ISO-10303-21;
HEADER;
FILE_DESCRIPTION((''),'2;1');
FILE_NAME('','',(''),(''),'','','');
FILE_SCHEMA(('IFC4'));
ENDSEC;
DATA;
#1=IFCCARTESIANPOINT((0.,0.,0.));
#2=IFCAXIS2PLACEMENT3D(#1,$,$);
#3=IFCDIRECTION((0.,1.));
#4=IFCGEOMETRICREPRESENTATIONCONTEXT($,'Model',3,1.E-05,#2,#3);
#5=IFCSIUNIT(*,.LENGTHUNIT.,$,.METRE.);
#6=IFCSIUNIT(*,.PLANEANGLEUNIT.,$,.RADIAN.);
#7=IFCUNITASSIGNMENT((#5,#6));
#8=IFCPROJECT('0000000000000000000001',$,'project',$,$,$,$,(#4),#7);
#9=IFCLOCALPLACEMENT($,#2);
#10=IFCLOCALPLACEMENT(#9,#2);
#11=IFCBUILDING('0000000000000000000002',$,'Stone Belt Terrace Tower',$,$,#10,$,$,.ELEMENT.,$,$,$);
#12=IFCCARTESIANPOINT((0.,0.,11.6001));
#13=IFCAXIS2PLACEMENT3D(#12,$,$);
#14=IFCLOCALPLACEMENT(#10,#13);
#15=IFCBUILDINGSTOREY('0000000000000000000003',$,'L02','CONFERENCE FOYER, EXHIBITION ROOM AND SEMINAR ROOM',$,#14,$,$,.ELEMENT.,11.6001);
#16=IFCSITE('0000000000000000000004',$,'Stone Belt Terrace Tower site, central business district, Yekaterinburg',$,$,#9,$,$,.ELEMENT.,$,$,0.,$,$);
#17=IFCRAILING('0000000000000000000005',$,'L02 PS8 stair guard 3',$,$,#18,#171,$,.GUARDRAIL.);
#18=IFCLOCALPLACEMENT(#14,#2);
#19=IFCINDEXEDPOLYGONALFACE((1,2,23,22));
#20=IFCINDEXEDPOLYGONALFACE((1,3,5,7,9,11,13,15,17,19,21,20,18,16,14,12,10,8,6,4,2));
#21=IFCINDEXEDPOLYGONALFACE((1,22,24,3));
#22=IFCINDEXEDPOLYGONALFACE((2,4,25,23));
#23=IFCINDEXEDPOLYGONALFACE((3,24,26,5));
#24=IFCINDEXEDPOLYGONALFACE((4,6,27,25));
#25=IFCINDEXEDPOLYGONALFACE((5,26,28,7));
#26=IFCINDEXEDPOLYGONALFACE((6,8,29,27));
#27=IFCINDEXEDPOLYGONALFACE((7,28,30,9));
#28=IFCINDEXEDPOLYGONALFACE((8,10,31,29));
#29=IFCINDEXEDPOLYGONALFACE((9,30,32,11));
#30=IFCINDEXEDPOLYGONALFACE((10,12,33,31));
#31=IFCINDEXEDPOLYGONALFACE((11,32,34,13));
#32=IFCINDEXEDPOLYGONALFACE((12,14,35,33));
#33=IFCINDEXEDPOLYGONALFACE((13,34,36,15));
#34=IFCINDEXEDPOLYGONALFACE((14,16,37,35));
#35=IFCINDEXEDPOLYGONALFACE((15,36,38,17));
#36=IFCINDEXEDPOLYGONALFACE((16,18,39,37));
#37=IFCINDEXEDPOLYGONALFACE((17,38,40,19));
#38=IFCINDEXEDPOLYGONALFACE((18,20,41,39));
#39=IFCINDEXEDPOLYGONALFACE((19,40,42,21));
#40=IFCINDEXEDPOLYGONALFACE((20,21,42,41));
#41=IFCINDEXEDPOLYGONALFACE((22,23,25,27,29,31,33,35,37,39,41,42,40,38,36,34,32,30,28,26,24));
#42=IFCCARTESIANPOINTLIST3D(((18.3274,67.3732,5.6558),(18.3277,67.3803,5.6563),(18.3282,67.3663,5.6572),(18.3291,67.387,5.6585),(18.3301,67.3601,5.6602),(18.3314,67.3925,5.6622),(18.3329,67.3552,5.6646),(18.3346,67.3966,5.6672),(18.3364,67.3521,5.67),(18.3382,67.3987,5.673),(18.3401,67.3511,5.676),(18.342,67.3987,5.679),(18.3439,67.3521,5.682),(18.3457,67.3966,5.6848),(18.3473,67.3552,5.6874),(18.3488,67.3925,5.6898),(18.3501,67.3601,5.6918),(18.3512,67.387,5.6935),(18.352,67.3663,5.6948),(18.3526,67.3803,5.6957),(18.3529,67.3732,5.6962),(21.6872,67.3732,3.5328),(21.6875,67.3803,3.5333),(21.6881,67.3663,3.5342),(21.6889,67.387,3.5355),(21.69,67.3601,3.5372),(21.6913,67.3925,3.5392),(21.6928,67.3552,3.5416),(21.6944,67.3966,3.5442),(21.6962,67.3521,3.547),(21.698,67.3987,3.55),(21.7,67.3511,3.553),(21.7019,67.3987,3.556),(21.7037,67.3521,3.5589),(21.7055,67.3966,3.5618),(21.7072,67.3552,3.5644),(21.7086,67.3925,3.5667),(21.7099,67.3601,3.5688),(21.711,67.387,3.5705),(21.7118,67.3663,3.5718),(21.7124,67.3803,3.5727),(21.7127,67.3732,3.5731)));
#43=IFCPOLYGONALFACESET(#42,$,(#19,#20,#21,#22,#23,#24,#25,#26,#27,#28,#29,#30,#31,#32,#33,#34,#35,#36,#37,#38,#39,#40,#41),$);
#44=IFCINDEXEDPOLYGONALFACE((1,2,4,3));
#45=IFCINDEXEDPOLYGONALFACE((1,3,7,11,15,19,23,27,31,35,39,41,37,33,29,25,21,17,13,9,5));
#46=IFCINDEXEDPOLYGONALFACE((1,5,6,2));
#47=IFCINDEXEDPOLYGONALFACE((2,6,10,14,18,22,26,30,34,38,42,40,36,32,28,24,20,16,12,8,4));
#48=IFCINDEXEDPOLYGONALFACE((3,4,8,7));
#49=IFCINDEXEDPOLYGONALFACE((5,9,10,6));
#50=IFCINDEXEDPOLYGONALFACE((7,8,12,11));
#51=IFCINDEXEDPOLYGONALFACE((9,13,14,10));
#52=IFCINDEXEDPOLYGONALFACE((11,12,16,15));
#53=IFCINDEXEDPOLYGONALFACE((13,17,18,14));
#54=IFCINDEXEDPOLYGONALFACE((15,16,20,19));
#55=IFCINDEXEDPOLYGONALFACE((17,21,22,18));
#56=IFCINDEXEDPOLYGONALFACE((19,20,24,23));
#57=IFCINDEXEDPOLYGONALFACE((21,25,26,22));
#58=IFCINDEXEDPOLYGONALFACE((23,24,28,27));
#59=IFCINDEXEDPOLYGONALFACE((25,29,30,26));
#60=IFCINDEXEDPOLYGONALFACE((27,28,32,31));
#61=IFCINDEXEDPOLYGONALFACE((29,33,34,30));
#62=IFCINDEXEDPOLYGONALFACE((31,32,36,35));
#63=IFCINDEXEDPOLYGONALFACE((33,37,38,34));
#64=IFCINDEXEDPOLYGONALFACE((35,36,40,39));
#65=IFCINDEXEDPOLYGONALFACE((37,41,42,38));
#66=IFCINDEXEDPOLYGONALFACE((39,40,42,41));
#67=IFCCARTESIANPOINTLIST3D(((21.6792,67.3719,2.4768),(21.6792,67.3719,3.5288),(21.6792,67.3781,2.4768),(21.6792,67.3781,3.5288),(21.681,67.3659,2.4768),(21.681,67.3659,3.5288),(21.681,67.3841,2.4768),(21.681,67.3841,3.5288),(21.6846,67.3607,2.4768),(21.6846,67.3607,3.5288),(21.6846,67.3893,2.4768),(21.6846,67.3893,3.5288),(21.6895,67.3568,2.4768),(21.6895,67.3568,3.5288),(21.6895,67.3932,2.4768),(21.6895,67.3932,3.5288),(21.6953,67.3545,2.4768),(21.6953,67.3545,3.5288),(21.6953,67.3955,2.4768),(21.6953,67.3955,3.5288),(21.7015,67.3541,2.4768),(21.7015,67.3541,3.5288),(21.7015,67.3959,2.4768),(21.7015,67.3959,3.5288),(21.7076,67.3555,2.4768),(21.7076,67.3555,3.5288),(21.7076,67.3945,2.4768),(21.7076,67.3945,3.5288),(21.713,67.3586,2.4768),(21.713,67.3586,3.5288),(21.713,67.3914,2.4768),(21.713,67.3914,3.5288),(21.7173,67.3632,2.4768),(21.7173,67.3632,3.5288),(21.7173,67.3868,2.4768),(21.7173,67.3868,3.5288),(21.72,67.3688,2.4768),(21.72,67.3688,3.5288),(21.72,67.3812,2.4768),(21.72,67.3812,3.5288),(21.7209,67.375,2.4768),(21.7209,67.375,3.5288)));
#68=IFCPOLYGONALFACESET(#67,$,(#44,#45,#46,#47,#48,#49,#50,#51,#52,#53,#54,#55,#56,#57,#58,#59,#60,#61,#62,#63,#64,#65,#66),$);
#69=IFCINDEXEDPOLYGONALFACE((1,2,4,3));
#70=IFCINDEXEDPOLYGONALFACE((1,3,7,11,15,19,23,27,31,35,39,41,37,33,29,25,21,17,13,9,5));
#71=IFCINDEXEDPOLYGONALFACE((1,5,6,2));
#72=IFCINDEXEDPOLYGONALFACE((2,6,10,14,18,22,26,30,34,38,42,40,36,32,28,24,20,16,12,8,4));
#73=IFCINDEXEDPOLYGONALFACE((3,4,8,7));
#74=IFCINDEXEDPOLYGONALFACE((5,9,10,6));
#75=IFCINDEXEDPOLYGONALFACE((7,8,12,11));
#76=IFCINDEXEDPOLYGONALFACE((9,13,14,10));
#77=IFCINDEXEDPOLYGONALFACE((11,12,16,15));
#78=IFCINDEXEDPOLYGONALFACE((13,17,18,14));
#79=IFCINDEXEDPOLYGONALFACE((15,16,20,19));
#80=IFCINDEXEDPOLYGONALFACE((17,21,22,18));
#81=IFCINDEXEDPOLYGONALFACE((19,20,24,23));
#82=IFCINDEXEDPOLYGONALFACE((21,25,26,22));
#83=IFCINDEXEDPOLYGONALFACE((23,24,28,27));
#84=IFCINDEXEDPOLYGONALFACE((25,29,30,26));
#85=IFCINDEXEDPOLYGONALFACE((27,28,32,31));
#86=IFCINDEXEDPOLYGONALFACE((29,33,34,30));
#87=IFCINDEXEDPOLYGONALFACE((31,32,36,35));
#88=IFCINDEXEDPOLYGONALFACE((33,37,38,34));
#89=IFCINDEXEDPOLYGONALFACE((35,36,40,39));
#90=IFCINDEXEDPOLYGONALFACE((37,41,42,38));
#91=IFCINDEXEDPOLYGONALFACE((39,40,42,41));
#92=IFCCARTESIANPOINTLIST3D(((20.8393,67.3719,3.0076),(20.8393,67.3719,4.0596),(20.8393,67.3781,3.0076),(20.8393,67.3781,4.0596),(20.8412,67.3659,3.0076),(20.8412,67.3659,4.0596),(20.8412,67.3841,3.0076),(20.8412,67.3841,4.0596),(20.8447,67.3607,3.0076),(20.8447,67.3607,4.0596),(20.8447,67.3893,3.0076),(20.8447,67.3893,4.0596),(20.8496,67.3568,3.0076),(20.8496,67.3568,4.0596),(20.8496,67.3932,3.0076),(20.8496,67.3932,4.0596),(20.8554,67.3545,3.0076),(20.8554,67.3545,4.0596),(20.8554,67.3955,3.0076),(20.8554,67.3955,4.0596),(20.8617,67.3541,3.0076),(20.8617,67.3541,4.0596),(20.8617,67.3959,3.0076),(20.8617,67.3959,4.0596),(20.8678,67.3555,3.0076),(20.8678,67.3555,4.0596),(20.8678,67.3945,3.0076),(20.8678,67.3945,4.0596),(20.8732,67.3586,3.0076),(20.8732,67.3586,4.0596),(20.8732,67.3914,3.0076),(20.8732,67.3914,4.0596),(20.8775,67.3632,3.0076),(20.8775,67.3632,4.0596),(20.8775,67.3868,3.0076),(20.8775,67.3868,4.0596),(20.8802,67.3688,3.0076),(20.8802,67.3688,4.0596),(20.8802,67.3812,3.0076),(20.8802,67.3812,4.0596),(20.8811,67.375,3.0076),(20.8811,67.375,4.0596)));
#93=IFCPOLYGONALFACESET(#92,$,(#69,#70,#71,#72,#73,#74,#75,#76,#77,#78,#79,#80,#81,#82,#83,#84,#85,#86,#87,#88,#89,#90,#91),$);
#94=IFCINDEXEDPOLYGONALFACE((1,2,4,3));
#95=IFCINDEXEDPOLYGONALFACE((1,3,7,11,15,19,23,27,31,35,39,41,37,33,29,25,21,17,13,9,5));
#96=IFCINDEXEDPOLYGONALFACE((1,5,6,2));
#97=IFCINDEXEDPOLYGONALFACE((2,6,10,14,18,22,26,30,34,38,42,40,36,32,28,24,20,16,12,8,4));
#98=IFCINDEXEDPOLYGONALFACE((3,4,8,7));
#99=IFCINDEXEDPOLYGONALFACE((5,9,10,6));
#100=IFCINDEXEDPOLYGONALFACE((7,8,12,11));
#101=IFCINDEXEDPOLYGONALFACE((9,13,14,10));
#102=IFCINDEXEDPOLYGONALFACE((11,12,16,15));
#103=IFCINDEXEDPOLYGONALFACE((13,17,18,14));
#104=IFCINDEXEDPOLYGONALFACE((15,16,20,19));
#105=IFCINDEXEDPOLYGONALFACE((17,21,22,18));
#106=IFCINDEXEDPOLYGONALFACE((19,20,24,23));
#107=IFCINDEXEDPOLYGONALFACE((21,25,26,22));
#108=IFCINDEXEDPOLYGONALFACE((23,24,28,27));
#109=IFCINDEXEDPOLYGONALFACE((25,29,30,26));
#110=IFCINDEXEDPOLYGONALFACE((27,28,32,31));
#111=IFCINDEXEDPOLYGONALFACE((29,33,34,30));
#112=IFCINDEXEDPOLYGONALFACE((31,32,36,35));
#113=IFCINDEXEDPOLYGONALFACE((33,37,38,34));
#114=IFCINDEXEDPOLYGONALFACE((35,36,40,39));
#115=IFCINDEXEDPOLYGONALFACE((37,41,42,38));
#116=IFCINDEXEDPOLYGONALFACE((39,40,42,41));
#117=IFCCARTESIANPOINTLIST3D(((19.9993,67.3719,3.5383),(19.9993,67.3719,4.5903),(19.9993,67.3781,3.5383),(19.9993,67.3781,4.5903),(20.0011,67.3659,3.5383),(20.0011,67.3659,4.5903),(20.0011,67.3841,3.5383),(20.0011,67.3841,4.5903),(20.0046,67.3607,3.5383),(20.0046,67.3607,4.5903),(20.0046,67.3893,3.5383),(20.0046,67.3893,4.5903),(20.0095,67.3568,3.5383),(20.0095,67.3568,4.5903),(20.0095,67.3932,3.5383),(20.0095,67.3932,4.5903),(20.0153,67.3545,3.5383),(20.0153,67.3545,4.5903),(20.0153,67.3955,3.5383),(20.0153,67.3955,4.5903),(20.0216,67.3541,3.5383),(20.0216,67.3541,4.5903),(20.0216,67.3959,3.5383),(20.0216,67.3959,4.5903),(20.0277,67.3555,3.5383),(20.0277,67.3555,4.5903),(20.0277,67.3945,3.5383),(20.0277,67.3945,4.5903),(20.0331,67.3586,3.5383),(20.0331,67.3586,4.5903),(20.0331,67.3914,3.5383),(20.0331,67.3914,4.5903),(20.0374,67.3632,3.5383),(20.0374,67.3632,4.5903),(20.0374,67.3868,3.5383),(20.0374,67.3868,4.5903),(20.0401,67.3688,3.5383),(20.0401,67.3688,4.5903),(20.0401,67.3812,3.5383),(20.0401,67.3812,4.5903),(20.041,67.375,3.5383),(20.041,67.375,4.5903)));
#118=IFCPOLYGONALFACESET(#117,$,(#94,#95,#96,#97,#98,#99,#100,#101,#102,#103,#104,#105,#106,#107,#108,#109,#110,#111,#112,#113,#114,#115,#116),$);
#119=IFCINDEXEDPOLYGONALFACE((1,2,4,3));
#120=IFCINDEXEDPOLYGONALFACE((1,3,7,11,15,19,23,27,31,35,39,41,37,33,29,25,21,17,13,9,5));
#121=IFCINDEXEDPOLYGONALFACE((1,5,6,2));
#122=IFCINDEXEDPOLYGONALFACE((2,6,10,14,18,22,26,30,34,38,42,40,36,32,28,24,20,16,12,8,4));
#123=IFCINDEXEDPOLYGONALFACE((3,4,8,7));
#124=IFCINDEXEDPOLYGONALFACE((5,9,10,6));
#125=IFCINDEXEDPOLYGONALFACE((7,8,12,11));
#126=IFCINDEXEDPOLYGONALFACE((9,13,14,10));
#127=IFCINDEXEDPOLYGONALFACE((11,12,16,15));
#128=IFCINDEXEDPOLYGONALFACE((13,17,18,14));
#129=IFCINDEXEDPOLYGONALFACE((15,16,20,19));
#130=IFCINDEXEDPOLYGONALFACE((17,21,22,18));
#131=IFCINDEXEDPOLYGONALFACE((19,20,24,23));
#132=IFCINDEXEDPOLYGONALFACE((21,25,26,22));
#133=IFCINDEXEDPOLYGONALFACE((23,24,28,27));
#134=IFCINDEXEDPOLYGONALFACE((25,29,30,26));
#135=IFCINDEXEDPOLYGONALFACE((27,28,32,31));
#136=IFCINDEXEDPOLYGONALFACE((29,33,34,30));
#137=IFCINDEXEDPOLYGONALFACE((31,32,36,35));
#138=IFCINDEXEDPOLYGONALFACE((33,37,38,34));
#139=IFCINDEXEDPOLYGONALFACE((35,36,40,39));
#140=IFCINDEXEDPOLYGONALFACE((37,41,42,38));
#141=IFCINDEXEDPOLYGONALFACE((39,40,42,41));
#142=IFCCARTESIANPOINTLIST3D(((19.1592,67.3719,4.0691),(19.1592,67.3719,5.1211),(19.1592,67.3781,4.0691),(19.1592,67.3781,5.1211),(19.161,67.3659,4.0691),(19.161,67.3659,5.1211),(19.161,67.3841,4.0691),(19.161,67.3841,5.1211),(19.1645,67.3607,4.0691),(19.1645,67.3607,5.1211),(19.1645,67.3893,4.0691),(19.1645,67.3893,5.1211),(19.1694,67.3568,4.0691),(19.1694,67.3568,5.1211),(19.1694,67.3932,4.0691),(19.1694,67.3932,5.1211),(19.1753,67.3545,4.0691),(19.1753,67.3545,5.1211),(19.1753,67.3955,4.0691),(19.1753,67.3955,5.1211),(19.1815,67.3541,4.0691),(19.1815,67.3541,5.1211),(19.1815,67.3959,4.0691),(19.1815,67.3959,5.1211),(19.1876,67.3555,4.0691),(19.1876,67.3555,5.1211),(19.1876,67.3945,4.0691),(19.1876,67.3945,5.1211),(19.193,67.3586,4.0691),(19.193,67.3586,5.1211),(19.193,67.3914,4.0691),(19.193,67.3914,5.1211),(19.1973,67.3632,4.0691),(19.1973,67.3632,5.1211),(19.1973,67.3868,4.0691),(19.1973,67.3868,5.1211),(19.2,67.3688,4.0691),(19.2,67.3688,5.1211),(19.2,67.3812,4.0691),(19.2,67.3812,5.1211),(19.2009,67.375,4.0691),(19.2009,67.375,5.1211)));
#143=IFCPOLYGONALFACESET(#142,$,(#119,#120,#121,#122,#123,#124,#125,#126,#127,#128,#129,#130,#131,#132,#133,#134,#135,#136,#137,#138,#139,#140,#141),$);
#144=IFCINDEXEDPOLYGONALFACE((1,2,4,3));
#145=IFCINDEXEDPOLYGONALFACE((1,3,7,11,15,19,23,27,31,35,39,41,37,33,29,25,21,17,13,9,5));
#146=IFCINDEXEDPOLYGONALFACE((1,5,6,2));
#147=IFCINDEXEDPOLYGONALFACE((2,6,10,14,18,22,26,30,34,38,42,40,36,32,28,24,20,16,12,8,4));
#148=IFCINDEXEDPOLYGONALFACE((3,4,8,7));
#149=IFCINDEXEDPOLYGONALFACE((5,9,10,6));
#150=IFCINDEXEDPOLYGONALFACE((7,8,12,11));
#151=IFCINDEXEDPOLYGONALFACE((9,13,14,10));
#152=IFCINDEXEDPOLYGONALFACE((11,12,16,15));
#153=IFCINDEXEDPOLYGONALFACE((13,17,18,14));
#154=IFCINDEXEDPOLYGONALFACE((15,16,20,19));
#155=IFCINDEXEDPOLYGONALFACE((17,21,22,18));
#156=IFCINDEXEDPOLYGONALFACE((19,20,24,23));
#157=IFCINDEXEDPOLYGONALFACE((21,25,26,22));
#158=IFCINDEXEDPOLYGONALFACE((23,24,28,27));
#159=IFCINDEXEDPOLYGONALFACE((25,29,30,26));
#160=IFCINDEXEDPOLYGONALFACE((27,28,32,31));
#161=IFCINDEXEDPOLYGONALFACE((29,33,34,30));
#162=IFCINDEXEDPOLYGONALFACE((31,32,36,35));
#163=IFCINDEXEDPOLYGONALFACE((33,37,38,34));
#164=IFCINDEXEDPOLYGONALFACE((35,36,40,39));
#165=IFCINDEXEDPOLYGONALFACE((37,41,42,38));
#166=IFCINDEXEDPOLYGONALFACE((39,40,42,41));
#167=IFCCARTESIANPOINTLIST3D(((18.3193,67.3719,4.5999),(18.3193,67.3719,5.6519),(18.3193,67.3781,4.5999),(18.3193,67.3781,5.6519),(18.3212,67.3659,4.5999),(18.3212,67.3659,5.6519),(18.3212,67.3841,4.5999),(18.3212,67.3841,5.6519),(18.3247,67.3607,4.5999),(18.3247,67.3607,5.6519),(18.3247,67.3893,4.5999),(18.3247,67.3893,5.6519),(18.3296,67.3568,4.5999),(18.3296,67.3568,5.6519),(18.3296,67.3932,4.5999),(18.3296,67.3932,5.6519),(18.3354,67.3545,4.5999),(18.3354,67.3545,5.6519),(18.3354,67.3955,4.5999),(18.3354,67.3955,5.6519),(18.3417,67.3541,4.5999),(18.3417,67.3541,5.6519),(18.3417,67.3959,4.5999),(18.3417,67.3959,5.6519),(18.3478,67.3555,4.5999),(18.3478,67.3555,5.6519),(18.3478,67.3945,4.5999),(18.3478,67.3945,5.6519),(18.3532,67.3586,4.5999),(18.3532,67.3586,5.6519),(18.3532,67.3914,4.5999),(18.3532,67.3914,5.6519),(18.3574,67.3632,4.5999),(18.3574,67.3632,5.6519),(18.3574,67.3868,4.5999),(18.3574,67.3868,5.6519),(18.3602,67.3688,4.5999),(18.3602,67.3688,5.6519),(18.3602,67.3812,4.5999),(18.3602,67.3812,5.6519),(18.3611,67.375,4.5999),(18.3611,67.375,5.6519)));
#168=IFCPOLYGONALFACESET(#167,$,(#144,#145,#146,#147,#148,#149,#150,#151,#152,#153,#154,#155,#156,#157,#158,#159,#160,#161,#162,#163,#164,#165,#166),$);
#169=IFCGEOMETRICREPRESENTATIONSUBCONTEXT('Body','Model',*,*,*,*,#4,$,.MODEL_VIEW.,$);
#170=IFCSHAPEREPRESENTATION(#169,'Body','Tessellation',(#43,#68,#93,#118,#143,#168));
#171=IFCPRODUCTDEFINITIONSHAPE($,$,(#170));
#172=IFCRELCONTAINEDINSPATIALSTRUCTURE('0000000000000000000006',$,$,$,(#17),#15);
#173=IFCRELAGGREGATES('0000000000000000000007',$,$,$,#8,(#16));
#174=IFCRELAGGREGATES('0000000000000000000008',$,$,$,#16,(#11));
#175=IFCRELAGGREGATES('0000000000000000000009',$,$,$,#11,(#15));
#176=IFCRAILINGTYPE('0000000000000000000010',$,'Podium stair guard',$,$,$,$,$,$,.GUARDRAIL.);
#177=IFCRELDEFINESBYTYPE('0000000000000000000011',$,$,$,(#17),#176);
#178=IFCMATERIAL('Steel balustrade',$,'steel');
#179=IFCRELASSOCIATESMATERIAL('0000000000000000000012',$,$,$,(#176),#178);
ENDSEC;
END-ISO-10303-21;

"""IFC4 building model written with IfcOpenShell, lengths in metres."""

from ifc_helpers import new_model, si_unit, direction, frame, origin, origin_2d, place, context, subcontext, project, spatial, circle, extrude, material, type_object, element, save


model = new_model("IFC4")

# Units and contexts
model_context = context("Model", 3, precision=1e-05, world=origin(), true_north=direction((0.0, 1.0)))
body_context = subcontext(model_context, "Body", "Model", "MODEL_VIEW")
ifc_project = project(units=[si_unit("LENGTHUNIT", "METRE"), si_unit("PLANEANGLEUNIT", "RADIAN")], contexts=[model_context])

# Site, building, storey
site_placement = place(None, origin())
site = spatial("IfcSite", under=ifc_project, at=site_placement, Name="Stone Belt Terrace Tower site, central business district, Yekaterinburg", CompositionType="ELEMENT", RefElevation=0.0)
building_placement = place(site_placement, origin())
building = spatial("IfcBuilding", under=site, at=building_placement, Name="Stone Belt Terrace Tower", CompositionType="ELEMENT")
storey_placement = place(building_placement, frame((0.0, 0.0, 11.6001)))
storey = spatial("IfcBuildingStorey", under=building, at=storey_placement, Name="L02", Description="CONFERENCE FOYER, EXHIBITION ROOM AND SEMINAR ROOM", CompositionType="ELEMENT", Elevation=11.6001)

# Railing
ifc_material_1 = material(Name="Steel balustrade", Category="steel")
railing_type_1 = type_object("IfcRailingType", Name="Podium stair guard", PredefinedType="GUARDRAIL", material=ifc_material_1)
railing_1_placement = place(storey_placement, frame((21.7, 67.375, 2.4768)))
element("IfcRailing", 1, at=railing_1_placement, inside=storey, type_object=railing_type_1, Name="L02 PS8 stair guard 3", PredefinedType="GUARDRAIL", context=body_context, shape_type="SweptSolid", body=[
    extrude(circle(Radius=0.0239, at=origin_2d()), frame((0.0, 0.0, 1.0762), z_axis=(-0.845372, 0.0, 0.534178), x_axis=(0.0, -1.0, 0.0)), (0.0, 0.0, 1.0), 3.9744),
    extrude(circle(Radius=0.021, at=origin_2d()), origin(), (0.0, 0.0, 1.0), 1.052),
    extrude(circle(Radius=0.021, at=origin_2d()), frame((-0.8398, 0.0, 0.5308)), (0.0, 0.0, 1.0), 1.052),
    extrude(circle(Radius=0.021, at=origin_2d()), frame((-1.6799, 0.0, 1.0615)), (0.0, 0.0, 1.0), 1.052),
    extrude(circle(Radius=0.021, at=origin_2d()), frame((-2.52, 0.0, 1.5923)), (0.0, 0.0, 1.0), 1.052),
    extrude(circle(Radius=0.021, at=origin_2d()), frame((-3.3599, 0.0, 2.123)), (0.0, 0.0, 1.0), 1.052),
])

save(model, "model.ifc")
